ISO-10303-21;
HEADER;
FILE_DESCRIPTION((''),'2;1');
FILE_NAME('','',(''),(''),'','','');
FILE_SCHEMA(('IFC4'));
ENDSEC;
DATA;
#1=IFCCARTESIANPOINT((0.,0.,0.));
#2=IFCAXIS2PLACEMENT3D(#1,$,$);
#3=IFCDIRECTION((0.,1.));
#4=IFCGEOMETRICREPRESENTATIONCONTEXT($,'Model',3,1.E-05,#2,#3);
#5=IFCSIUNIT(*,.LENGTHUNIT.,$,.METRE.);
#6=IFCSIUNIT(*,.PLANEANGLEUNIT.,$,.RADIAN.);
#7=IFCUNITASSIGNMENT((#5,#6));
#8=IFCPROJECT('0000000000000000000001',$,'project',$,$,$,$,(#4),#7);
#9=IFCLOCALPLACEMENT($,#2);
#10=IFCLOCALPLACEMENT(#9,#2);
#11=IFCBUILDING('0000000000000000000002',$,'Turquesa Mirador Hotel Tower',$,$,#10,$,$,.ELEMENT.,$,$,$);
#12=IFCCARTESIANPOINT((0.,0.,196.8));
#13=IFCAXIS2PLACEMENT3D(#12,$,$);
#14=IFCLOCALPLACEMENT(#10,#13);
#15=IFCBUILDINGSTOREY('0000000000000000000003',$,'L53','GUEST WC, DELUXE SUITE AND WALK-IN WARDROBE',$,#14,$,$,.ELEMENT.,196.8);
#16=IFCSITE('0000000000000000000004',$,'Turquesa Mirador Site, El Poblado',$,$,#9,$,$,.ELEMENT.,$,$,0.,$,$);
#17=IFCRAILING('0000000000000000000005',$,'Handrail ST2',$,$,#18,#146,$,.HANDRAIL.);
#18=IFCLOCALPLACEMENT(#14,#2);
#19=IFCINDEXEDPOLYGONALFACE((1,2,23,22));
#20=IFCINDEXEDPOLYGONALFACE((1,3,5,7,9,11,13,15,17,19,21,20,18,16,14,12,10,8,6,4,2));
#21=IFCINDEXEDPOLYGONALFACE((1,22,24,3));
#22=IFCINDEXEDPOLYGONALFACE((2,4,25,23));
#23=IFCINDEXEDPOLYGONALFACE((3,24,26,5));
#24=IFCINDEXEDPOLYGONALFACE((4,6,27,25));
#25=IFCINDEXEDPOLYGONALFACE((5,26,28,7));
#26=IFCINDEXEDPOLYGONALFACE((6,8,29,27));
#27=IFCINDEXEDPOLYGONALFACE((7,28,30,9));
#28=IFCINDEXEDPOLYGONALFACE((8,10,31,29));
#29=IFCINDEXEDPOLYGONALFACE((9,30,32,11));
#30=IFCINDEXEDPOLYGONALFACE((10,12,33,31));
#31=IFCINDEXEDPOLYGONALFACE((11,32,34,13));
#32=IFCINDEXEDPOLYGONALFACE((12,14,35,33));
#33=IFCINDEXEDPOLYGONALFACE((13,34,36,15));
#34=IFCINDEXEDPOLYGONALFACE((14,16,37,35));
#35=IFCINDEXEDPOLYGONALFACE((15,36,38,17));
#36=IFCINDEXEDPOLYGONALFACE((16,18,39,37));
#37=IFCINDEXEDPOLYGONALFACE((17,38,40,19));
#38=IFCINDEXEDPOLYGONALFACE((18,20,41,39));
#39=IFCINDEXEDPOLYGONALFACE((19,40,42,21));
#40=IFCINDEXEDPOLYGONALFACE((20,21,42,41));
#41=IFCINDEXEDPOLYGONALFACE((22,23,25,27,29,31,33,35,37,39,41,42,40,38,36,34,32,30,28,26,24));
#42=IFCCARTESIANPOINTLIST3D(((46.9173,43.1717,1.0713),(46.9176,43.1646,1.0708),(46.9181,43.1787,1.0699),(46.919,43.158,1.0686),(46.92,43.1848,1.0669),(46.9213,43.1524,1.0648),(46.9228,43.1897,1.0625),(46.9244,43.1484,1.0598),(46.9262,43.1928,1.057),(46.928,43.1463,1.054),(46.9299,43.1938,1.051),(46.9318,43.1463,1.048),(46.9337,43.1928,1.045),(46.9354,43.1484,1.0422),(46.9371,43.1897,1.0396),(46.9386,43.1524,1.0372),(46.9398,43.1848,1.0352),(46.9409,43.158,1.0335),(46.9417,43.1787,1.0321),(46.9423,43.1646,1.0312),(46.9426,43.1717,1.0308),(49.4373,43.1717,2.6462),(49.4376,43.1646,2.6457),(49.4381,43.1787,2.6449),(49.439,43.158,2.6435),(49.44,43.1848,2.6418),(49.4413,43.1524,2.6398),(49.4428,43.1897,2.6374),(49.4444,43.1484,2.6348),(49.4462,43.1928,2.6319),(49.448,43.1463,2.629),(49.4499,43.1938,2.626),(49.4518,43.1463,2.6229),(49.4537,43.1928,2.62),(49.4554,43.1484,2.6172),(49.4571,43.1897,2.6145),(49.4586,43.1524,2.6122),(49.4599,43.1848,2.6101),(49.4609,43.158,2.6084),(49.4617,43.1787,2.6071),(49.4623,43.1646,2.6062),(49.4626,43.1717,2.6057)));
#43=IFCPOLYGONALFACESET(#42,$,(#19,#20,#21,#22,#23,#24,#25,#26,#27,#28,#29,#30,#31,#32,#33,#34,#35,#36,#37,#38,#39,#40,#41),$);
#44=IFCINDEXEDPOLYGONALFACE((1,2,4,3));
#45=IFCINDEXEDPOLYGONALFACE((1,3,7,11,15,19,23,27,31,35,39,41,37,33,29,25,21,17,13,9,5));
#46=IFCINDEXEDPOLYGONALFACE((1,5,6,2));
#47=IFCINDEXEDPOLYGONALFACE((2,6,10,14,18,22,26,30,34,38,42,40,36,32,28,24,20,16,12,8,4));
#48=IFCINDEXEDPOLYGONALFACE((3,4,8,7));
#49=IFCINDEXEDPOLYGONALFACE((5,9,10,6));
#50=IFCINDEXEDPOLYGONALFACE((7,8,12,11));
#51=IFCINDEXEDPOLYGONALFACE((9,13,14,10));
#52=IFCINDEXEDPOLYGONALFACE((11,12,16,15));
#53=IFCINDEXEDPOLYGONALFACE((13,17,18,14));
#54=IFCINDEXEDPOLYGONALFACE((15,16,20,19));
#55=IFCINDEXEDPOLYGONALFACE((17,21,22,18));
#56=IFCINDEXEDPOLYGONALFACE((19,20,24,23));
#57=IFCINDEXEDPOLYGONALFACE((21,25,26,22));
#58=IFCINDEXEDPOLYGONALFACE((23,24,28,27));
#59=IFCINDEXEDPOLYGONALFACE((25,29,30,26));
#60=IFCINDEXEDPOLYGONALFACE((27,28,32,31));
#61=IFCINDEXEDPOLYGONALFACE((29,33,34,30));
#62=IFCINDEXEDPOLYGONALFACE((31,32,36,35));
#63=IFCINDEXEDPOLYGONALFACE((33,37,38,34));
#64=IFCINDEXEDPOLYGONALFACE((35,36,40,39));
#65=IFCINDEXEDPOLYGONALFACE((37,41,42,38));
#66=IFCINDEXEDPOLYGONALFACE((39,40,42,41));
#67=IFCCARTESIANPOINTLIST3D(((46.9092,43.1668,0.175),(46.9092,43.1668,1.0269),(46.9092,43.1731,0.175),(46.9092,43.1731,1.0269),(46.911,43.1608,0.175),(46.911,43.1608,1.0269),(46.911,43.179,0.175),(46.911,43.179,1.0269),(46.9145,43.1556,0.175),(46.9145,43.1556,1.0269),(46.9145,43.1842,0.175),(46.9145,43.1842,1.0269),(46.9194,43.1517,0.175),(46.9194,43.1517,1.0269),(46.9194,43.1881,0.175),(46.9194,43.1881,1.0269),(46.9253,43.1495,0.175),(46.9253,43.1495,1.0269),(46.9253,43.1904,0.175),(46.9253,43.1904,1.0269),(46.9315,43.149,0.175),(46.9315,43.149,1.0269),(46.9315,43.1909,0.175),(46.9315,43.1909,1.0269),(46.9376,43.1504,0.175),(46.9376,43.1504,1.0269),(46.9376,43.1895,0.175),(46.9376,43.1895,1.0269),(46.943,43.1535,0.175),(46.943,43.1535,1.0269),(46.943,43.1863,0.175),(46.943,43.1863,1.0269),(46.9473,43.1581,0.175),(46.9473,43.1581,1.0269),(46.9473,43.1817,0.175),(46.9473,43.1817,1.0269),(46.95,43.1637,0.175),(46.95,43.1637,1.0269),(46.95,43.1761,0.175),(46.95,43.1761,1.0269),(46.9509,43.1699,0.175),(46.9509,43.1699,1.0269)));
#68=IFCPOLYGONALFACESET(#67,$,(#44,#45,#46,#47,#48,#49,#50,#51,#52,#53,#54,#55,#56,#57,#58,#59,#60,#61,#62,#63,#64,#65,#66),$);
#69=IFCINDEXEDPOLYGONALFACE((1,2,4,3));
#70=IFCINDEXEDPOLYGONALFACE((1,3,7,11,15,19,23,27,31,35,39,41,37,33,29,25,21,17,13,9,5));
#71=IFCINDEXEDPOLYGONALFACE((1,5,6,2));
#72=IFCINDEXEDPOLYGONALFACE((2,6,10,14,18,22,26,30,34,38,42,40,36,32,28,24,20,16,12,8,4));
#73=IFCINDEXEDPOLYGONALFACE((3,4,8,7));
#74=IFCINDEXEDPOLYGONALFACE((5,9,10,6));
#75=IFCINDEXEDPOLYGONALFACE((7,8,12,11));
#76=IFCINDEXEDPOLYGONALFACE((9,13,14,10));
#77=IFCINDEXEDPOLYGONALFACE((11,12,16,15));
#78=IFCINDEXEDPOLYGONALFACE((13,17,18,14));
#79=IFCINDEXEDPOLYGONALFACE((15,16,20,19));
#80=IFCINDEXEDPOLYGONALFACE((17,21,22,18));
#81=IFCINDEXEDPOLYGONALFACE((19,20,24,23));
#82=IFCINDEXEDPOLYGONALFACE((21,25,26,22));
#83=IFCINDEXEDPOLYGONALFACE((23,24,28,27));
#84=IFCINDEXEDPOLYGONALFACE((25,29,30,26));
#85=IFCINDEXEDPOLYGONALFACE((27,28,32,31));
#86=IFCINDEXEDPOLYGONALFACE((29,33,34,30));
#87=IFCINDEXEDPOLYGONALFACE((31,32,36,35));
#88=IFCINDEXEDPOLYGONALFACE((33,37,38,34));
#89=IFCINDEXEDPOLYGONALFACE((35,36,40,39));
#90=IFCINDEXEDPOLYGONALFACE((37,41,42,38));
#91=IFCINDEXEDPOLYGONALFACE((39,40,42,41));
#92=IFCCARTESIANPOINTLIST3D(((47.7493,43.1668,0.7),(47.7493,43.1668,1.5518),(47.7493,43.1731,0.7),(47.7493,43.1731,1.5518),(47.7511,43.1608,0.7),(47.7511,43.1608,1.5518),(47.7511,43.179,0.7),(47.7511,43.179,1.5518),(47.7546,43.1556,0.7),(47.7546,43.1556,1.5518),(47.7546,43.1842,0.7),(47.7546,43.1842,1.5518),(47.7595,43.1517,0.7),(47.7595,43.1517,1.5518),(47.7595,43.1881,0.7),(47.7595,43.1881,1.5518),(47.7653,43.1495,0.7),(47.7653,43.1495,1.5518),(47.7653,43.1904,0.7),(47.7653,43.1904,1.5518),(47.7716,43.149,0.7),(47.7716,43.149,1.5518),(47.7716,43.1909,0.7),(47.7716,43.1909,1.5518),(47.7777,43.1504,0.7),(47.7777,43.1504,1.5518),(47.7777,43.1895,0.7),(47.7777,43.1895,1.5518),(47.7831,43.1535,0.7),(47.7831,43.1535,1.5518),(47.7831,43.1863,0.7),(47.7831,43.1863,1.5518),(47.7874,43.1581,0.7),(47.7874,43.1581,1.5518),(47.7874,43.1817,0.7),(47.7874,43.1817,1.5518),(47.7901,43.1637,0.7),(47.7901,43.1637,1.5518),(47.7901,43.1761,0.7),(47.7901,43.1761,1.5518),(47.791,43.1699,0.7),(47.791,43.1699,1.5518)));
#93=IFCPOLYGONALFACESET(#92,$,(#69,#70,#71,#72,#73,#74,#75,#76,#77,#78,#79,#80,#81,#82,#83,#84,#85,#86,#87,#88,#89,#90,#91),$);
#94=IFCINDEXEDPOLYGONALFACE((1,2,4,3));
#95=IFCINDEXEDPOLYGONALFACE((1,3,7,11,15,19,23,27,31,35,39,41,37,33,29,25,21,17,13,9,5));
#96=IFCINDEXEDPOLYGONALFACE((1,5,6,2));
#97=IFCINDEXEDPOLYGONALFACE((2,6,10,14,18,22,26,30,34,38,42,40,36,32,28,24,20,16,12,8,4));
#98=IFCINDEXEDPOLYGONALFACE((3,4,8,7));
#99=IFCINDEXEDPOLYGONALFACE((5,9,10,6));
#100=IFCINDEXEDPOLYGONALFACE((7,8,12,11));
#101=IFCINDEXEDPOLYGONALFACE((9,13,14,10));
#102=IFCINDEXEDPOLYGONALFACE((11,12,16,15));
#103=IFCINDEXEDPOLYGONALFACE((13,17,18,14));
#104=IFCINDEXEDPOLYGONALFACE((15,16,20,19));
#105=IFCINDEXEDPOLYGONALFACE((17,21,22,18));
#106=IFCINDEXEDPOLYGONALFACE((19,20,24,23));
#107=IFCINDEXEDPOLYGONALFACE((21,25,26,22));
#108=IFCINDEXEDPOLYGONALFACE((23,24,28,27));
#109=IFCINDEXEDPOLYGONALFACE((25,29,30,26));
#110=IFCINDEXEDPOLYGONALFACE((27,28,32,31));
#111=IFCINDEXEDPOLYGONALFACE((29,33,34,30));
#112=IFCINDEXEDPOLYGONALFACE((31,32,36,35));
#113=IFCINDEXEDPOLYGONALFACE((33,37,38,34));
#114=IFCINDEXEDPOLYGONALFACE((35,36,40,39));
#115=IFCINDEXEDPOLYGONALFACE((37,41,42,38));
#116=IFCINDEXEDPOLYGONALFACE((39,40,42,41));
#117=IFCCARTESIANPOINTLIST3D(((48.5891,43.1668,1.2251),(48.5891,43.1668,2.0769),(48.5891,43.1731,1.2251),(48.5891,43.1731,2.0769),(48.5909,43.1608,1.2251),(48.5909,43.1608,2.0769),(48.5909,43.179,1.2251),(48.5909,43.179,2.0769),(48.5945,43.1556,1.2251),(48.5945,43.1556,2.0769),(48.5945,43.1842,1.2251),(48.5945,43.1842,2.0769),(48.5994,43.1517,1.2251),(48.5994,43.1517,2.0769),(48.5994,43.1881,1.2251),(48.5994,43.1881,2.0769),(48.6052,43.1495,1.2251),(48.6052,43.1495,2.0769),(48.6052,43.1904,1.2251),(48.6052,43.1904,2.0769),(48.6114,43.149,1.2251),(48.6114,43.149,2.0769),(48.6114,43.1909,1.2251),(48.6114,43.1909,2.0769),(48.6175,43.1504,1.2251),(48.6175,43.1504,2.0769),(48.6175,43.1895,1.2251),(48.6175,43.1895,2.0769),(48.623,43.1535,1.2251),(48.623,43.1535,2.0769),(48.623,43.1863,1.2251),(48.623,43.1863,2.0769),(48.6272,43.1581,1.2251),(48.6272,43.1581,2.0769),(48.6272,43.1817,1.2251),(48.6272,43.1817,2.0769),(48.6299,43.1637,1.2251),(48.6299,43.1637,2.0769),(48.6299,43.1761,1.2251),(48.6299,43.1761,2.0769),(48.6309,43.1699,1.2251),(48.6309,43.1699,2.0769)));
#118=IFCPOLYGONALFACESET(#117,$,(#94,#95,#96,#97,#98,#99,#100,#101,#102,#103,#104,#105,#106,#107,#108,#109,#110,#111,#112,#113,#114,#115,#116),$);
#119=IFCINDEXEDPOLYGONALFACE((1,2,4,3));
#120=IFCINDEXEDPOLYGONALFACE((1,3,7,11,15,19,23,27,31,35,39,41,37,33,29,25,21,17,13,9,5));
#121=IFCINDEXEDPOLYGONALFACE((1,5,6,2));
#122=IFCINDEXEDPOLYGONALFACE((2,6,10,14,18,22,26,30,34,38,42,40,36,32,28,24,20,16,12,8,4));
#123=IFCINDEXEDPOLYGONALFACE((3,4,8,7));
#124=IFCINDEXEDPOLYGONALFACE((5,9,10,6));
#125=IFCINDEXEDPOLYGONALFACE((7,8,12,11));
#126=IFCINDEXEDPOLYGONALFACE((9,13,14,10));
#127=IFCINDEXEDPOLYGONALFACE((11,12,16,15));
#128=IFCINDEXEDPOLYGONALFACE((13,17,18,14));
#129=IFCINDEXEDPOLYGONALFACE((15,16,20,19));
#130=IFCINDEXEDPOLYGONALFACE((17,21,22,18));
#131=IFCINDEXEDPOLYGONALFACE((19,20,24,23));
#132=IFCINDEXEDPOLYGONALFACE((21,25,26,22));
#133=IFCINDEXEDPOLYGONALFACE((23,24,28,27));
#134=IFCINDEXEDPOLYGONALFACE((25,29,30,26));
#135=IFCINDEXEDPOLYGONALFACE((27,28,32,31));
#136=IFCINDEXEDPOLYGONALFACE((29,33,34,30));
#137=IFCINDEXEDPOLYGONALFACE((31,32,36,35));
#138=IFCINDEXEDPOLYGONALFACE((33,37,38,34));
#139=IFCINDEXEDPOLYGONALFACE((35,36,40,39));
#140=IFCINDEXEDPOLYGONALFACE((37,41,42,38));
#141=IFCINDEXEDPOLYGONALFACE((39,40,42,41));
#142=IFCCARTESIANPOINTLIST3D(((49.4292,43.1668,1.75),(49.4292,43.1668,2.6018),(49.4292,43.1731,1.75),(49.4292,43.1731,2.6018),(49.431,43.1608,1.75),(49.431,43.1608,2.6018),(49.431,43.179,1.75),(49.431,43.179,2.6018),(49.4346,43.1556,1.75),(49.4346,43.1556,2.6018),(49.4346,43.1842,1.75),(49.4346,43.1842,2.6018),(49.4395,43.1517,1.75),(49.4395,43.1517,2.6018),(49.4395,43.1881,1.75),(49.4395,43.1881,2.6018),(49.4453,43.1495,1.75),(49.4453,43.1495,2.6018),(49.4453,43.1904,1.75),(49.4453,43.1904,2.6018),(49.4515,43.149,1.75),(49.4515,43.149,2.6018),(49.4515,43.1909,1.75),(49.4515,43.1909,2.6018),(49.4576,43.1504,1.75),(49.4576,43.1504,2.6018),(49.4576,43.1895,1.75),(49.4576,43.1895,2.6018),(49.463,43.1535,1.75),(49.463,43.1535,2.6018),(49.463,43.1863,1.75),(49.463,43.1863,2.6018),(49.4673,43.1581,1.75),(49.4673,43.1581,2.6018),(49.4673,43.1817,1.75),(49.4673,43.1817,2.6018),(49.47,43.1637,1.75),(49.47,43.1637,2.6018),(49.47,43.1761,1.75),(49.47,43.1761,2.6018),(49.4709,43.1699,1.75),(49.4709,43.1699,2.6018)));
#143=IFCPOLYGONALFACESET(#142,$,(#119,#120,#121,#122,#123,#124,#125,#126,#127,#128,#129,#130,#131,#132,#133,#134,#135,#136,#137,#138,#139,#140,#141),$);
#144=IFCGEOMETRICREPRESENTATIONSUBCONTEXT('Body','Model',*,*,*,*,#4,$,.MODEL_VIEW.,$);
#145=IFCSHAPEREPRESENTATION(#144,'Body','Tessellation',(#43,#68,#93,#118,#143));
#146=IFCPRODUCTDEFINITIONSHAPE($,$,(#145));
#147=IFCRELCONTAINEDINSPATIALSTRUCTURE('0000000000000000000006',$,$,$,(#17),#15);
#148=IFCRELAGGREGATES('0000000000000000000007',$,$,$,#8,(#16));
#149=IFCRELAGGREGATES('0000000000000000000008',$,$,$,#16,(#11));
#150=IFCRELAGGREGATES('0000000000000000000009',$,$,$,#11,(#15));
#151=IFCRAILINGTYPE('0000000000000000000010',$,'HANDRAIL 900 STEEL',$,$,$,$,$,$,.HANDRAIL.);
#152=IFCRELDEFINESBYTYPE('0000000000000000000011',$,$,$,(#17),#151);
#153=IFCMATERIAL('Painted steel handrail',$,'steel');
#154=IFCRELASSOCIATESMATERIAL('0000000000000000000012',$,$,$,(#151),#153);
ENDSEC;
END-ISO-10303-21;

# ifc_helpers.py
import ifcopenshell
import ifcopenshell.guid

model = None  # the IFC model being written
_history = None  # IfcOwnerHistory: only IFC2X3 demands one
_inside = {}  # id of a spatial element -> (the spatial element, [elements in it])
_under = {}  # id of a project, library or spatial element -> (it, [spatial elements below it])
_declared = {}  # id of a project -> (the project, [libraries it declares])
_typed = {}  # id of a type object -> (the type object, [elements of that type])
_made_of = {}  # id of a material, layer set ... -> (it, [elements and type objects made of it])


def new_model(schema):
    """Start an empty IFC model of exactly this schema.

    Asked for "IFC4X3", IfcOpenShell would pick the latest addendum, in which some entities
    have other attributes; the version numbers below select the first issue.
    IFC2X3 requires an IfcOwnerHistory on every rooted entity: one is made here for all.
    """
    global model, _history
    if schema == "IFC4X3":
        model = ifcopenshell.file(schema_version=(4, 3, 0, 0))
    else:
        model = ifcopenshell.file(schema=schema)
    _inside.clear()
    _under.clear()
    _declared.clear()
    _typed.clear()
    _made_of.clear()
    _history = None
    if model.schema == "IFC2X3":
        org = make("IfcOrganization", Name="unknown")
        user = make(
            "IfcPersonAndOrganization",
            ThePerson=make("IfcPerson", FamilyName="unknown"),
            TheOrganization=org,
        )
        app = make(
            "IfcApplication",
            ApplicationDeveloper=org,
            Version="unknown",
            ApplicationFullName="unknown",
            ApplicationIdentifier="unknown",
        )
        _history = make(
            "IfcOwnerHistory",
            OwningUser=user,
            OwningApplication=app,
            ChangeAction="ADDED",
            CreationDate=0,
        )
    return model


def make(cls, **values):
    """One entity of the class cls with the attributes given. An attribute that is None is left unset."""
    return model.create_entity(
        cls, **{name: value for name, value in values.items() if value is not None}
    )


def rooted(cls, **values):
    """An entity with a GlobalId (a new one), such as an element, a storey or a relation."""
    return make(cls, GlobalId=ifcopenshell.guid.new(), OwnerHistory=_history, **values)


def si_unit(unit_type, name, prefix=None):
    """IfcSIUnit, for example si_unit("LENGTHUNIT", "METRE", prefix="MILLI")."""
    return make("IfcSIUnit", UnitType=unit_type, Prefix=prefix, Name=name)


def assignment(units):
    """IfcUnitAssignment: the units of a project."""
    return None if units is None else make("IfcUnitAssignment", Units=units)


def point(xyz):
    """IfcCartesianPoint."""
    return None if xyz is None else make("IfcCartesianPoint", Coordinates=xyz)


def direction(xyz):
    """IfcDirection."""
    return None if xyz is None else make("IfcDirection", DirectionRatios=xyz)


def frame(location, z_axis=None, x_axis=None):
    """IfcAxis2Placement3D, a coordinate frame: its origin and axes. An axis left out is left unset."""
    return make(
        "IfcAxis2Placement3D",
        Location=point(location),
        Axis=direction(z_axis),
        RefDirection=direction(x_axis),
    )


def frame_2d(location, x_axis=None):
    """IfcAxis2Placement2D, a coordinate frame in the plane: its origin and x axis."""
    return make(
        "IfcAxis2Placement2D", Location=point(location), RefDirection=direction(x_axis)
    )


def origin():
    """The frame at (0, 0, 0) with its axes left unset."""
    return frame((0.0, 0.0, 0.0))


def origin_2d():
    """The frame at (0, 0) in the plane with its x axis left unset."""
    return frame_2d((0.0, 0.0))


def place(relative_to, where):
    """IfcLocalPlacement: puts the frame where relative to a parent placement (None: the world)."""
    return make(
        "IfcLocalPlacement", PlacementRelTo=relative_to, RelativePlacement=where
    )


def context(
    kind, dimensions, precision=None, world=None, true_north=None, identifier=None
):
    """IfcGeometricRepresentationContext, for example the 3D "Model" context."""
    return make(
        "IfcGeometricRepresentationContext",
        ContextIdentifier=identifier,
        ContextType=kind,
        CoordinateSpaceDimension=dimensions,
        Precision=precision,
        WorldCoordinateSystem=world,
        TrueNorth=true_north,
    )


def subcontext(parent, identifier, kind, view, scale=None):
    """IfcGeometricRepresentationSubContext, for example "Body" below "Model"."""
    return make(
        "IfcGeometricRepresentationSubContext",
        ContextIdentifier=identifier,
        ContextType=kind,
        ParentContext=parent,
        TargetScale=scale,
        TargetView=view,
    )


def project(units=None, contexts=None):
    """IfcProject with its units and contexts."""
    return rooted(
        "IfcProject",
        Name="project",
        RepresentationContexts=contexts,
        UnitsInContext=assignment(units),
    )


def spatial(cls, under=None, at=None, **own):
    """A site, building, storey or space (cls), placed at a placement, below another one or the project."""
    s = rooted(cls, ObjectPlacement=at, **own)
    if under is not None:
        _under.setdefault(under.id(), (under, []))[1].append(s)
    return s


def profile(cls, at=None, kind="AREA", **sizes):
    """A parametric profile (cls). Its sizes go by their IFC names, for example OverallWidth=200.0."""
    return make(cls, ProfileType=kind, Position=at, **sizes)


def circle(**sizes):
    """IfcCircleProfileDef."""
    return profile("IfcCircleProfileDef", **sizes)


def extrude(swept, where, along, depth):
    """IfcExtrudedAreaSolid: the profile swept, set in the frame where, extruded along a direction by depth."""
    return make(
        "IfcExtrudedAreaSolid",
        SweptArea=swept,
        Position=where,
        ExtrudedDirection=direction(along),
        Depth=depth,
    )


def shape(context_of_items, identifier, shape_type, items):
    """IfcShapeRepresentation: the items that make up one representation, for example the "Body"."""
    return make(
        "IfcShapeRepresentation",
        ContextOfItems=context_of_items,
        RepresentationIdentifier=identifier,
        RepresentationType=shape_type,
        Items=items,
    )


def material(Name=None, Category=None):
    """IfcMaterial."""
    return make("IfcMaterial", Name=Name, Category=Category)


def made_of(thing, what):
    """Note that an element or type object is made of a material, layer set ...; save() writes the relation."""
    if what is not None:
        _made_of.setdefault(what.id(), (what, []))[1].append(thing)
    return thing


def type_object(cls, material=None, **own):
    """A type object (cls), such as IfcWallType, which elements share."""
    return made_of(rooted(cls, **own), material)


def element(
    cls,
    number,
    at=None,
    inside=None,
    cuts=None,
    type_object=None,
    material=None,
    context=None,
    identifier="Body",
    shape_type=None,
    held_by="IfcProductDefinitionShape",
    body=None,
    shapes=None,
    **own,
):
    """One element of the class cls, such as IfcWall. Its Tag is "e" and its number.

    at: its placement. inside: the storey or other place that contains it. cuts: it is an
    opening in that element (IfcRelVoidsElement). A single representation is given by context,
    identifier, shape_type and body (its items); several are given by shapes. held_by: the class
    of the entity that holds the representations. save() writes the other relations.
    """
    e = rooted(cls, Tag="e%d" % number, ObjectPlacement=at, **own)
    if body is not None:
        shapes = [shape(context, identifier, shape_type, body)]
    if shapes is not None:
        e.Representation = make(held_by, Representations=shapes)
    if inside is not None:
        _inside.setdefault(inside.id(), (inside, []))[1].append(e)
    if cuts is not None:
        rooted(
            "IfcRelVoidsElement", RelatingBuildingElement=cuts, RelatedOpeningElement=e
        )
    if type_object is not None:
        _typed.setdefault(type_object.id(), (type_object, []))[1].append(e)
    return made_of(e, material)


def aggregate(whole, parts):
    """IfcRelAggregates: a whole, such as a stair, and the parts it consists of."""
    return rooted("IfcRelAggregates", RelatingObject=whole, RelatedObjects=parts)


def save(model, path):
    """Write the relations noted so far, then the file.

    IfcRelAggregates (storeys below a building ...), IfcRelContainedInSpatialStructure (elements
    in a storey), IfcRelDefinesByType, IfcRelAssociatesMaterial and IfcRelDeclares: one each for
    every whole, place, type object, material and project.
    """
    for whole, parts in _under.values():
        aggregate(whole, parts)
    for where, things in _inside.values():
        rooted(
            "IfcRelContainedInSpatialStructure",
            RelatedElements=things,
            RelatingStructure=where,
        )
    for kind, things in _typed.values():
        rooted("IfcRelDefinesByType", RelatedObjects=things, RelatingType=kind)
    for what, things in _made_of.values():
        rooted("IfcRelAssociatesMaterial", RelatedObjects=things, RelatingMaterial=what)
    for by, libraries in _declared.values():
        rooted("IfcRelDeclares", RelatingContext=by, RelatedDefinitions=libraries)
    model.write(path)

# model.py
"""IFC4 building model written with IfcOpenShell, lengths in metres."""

from ifc_helpers import new_model, si_unit, direction, frame, origin, origin_2d, place, context, subcontext, project, spatial, circle, extrude, material, type_object, element, save


model = new_model("IFC4")

# Units and contexts
model_context = context("Model", 3, precision=1e-05, world=origin(), true_north=direction((0.0, 1.0)))
body_context = subcontext(model_context, "Body", "Model", "MODEL_VIEW")
ifc_project = project(units=[si_unit("LENGTHUNIT", "METRE"), si_unit("PLANEANGLEUNIT", "RADIAN")], contexts=[model_context])

# Site, building, storey
site_placement = place(None, origin())
site = spatial("IfcSite", under=ifc_project, at=site_placement, Name="Turquesa Mirador Site, El Poblado", CompositionType="ELEMENT", RefElevation=0.0)
building_placement = place(site_placement, origin())
building = spatial("IfcBuilding", under=site, at=building_placement, Name="Turquesa Mirador Hotel Tower", CompositionType="ELEMENT")
storey_placement = place(building_placement, frame((0.0, 0.0, 196.8)))
storey = spatial("IfcBuildingStorey", under=building, at=storey_placement, Name="L53", Description="GUEST WC, DELUXE SUITE AND WALK-IN WARDROBE", CompositionType="ELEMENT", Elevation=196.8)

# Railing
ifc_material_1 = material(Name="Painted steel handrail", Category="steel")
railing_type = type_object("IfcRailingType", Name="HANDRAIL 900 STEEL", PredefinedType="HANDRAIL", material=ifc_material_1)
for number, where, name in (
    (1, (46.9299, 43.1699, 0.175), "Handrail ST2"),
):
    element("IfcRailing", number, at=place(storey_placement, frame(where)), inside=storey, type_object=railing_type, Name=name, PredefinedType="HANDRAIL", context=body_context, shape_type="SweptSolid", body=[
        extrude(circle(Radius=0.0239, at=origin_2d()), frame((0.0, 0.0, 0.876), z_axis=(0.848008, 0.0, 0.529984), x_axis=(0.0, 1.0, 0.0)), (0.0, 0.0, 1.0), 2.9717),
        extrude(circle(Radius=0.021, at=origin_2d()), origin(), (0.0, 0.0, 1.0), 0.8518),
        extrude(circle(Radius=0.021, at=origin_2d()), frame((0.8401, 0.0, 0.5249)), (0.0, 0.0, 1.0), 0.8518),
        extrude(circle(Radius=0.021, at=origin_2d()), frame((1.6799, 0.0, 1.05)), (0.0, 0.0, 1.0), 0.8518),
        extrude(circle(Radius=0.021, at=origin_2d()), frame((2.52, 0.0, 1.575)), (0.0, 0.0, 1.0), 0.8518),
    ])

save(model, "model.ifc")
